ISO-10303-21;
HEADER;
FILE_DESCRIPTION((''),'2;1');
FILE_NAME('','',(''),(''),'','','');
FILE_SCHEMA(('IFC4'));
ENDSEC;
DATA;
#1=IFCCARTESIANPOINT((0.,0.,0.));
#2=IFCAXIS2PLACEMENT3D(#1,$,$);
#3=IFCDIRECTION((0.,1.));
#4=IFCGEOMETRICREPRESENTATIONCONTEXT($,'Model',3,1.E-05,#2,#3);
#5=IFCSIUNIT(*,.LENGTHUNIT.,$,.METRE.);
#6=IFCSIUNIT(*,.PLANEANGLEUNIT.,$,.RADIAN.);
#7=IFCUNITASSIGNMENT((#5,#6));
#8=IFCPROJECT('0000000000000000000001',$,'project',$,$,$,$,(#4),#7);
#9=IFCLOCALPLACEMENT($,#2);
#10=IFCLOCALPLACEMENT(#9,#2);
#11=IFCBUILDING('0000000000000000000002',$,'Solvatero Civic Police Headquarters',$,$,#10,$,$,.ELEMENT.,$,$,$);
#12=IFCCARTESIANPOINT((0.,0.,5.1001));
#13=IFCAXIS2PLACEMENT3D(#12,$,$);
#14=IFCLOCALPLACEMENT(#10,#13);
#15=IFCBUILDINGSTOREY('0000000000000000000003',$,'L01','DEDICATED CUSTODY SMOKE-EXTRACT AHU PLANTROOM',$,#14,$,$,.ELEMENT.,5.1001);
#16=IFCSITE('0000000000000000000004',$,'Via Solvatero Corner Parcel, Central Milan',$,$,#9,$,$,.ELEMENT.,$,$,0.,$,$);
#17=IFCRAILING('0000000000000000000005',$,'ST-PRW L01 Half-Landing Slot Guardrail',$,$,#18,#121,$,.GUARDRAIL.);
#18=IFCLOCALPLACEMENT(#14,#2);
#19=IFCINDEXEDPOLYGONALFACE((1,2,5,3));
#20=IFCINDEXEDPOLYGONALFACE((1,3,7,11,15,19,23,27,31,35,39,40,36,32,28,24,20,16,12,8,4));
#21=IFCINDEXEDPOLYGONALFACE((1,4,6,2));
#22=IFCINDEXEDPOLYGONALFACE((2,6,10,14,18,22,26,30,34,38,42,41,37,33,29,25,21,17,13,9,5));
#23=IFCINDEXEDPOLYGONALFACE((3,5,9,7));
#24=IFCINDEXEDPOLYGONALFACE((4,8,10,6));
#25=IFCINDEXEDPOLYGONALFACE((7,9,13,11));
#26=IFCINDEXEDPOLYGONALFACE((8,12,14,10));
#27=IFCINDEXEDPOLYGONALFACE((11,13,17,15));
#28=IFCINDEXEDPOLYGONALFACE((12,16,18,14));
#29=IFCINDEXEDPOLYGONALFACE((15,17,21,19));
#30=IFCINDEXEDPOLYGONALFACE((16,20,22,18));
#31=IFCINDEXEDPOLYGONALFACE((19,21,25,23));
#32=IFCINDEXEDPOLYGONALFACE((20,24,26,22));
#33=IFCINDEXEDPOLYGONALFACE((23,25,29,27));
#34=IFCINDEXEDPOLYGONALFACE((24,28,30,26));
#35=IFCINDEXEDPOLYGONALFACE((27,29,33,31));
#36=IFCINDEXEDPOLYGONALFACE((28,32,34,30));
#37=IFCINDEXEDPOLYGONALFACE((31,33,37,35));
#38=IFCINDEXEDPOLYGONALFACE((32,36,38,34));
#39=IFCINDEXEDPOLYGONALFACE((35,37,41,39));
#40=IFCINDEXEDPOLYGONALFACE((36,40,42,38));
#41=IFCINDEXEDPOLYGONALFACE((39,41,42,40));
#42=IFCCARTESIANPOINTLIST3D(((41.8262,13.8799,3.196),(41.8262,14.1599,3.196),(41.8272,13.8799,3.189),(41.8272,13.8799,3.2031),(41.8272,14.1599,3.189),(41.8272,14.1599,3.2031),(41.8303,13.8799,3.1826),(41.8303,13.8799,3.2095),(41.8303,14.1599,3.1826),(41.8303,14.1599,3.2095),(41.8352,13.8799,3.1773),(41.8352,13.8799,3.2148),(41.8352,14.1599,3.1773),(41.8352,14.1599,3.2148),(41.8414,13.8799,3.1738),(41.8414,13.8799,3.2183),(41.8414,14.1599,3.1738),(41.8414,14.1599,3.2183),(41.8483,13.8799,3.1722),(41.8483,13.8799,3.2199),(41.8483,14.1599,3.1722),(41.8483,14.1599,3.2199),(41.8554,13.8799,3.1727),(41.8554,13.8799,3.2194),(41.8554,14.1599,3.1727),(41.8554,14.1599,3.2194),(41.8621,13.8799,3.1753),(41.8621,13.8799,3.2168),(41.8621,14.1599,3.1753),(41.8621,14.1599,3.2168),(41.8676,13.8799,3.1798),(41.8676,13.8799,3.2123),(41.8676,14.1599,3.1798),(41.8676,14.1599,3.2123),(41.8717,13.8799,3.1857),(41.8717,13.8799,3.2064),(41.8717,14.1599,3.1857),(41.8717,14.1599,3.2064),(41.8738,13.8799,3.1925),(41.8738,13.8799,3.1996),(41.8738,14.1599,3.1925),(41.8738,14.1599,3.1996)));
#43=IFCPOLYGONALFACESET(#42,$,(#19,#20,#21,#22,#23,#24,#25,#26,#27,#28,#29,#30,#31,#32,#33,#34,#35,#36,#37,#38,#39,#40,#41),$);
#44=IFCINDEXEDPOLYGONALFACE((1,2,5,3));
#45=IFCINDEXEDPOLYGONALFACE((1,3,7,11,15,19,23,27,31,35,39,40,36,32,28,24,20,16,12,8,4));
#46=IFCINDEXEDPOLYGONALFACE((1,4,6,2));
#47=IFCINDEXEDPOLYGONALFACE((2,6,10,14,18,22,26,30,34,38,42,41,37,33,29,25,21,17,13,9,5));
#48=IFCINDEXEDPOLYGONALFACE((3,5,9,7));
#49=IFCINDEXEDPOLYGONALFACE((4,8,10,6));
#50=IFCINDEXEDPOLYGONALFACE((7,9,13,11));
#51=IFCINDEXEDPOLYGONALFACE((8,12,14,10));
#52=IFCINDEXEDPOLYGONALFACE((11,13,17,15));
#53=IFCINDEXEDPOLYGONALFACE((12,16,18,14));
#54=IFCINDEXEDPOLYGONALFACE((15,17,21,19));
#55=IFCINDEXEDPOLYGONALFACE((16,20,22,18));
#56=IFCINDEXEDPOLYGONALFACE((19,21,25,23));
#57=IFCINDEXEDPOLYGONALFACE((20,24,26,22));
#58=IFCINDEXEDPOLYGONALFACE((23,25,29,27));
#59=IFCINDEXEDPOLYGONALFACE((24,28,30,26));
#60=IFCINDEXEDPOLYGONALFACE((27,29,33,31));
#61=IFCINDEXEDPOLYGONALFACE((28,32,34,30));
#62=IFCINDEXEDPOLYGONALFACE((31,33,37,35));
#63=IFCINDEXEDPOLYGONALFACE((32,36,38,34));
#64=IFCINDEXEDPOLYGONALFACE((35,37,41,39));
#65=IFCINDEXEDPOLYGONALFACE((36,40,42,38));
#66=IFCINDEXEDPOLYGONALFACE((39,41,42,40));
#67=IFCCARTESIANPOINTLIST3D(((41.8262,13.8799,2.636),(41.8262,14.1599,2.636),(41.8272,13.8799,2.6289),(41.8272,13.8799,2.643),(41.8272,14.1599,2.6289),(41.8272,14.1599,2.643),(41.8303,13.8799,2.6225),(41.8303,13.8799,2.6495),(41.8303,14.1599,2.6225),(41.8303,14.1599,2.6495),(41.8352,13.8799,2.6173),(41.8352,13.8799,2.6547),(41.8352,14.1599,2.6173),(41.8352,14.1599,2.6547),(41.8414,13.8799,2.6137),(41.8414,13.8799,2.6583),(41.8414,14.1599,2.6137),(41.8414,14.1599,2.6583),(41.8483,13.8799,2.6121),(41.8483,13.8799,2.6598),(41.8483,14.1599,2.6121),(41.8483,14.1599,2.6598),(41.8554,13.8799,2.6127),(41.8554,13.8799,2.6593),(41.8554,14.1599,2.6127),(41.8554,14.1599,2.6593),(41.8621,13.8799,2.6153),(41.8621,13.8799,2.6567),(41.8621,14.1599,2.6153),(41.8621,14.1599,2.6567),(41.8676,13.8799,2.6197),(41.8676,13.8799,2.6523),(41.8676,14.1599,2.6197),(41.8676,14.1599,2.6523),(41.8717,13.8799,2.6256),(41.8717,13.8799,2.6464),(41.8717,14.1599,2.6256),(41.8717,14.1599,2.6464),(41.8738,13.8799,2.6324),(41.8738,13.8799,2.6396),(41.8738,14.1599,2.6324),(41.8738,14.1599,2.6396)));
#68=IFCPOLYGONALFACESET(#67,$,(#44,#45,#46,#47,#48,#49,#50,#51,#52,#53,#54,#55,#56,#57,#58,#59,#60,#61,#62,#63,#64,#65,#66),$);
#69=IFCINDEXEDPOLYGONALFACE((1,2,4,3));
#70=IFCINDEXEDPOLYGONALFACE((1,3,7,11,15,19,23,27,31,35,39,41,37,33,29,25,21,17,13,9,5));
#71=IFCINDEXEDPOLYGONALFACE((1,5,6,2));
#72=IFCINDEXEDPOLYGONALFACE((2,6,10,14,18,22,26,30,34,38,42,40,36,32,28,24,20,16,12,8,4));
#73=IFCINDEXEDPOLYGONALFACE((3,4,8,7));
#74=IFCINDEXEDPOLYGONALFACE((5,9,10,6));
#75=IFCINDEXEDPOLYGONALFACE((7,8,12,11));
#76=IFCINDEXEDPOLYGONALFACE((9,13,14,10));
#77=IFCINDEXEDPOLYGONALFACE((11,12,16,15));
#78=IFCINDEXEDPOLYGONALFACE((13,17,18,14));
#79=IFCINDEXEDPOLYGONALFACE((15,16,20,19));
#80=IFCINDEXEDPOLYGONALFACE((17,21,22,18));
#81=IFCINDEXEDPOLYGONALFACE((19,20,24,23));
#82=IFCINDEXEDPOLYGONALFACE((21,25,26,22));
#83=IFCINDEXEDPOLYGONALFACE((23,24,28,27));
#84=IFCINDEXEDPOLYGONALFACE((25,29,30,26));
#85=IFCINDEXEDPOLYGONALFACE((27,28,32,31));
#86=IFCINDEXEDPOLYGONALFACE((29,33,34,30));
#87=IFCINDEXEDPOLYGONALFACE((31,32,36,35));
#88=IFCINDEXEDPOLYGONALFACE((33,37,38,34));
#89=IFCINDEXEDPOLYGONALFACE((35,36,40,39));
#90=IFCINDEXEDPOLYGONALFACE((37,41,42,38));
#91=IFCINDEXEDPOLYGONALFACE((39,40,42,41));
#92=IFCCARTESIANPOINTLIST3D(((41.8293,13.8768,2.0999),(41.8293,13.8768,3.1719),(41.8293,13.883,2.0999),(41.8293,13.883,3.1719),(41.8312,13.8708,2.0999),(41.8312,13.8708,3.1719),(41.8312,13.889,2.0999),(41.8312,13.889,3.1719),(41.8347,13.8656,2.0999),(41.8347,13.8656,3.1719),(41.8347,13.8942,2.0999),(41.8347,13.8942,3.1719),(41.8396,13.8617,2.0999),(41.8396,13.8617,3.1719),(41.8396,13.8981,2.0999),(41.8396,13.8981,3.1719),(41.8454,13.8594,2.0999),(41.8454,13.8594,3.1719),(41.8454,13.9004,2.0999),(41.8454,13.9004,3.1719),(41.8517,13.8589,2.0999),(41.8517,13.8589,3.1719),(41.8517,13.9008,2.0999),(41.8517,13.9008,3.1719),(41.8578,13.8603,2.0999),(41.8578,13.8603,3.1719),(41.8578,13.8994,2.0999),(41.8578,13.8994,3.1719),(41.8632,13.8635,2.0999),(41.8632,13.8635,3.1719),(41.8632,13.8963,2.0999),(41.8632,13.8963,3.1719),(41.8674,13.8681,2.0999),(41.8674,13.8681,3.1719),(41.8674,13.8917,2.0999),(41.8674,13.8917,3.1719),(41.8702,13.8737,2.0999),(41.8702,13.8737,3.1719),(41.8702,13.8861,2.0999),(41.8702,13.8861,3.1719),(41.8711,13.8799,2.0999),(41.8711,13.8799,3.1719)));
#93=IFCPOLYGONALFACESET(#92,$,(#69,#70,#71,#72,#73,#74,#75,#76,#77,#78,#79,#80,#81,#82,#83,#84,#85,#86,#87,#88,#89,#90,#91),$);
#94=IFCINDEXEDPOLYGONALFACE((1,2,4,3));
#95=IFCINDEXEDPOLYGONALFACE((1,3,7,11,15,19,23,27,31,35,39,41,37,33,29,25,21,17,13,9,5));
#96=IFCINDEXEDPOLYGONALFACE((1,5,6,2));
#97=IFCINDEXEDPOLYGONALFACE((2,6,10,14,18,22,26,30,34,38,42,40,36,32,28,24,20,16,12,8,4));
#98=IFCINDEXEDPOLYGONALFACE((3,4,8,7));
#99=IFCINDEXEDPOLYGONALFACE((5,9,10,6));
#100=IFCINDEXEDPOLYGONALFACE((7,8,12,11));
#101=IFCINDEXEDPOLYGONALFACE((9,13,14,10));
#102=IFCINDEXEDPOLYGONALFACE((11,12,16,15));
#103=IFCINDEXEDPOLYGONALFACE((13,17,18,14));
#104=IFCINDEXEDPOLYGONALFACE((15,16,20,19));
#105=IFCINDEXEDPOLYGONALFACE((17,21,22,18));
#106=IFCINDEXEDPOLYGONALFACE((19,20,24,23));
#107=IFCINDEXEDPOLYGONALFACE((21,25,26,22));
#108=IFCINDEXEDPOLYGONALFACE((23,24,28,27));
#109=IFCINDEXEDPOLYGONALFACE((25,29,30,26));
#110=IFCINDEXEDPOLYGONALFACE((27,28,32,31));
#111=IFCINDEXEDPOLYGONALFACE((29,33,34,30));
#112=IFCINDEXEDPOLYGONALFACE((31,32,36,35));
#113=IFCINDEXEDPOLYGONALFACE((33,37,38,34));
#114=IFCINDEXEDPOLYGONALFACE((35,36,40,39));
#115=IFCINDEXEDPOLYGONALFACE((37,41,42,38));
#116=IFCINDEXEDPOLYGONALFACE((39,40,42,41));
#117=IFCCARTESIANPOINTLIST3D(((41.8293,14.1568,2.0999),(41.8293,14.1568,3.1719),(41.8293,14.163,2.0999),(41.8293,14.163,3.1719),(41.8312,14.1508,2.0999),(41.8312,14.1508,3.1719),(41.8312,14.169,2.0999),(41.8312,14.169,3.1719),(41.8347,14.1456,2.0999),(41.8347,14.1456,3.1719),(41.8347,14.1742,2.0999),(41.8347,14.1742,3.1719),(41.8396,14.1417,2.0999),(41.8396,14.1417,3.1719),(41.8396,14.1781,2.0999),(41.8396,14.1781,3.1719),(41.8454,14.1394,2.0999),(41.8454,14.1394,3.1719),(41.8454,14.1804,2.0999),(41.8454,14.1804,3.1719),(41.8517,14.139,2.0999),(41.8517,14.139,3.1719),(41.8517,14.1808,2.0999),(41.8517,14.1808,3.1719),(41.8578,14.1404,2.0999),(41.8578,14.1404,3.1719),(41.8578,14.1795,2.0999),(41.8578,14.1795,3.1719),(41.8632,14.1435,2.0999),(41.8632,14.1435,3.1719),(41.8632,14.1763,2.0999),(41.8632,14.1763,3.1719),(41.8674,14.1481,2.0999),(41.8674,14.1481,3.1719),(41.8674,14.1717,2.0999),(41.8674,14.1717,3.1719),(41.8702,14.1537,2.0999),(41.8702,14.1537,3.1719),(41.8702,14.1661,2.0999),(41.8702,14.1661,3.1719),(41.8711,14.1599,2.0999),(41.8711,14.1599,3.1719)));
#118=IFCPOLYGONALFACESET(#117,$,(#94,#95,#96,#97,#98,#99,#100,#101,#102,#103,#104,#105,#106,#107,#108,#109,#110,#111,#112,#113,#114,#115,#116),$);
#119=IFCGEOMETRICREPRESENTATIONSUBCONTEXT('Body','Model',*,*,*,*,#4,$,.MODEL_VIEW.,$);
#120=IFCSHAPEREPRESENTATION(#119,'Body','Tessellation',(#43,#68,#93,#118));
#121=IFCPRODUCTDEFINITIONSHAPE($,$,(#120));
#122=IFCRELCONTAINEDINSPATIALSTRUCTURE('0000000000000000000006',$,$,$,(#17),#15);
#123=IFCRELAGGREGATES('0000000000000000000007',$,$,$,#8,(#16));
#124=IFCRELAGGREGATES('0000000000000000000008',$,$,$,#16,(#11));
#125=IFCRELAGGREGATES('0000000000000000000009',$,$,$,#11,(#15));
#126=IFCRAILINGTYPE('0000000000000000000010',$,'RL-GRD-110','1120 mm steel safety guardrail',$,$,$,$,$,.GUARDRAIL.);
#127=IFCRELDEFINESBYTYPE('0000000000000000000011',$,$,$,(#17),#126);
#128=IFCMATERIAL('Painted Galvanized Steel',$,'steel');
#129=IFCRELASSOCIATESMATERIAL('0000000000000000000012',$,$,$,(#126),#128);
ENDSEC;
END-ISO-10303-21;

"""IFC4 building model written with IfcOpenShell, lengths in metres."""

from ifc_helpers import new_model, si_unit, direction, frame, origin, origin_2d, place, context, subcontext, project, spatial, circle, extrude, material, type_object, element, save


model = new_model("IFC4")

# Units and contexts
model_context = context("Model", 3, precision=1e-05, world=origin(), true_north=direction((0.0, 1.0)))
body_context = subcontext(model_context, "Body", "Model", "MODEL_VIEW")
ifc_project = project(units=[si_unit("LENGTHUNIT", "METRE"), si_unit("PLANEANGLEUNIT", "RADIAN")], contexts=[model_context])

# Site, building, storey
site_placement = place(None, origin())
site = spatial("IfcSite", under=ifc_project, at=site_placement, Name="Via Solvatero Corner Parcel, Central Milan", CompositionType="ELEMENT", RefElevation=0.0)
building_placement = place(site_placement, origin())
building = spatial("IfcBuilding", under=site, at=building_placement, Name="Solvatero Civic Police Headquarters", CompositionType="ELEMENT")
storey_placement = place(building_placement, frame((0.0, 0.0, 5.1001)))
storey = spatial("IfcBuildingStorey", under=building, at=storey_placement, Name="L01", Description="DEDICATED CUSTODY SMOKE-EXTRACT AHU PLANTROOM", CompositionType="ELEMENT", Elevation=5.1001)

# Railing
ifc_material_1 = material(Name="Painted Galvanized Steel", Category="steel")
railing_type_1 = type_object("IfcRailingType", Name="RL-GRD-110", Description="1120 mm steel safety guardrail", PredefinedType="GUARDRAIL", material=ifc_material_1)
railing_1_placement = place(storey_placement, frame((41.8501, 13.8799, 2.0999)))
element("IfcRailing", 1, at=railing_1_placement, inside=storey, type_object=railing_type_1, Name="ST-PRW L01 Half-Landing Slot Guardrail", PredefinedType="GUARDRAIL", context=body_context, shape_type="SweptSolid", body=[
    extrude(circle(Radius=0.0239, at=origin_2d()), frame((0.0, 0.0, 1.0962), z_axis=(0.0, 1.0, 0.0), x_axis=(-1.0, 0.0, 0.0)), (0.0, 0.0, 1.0), 0.28),
    extrude(circle(Radius=0.0239, at=origin_2d()), frame((0.0, 0.0, 0.5361), z_axis=(0.0, 1.0, 0.0), x_axis=(-1.0, 0.0, 0.0)), (0.0, 0.0, 1.0), 0.28),
    extrude(circle(Radius=0.021, at=origin_2d()), origin(), (0.0, 0.0, 1.0), 1.072),
    extrude(circle(Radius=0.021, at=origin_2d()), frame((0.0, 0.28, 0.0)), (0.0, 0.0, 1.0), 1.072),
])

save(model, "model.ifc")
